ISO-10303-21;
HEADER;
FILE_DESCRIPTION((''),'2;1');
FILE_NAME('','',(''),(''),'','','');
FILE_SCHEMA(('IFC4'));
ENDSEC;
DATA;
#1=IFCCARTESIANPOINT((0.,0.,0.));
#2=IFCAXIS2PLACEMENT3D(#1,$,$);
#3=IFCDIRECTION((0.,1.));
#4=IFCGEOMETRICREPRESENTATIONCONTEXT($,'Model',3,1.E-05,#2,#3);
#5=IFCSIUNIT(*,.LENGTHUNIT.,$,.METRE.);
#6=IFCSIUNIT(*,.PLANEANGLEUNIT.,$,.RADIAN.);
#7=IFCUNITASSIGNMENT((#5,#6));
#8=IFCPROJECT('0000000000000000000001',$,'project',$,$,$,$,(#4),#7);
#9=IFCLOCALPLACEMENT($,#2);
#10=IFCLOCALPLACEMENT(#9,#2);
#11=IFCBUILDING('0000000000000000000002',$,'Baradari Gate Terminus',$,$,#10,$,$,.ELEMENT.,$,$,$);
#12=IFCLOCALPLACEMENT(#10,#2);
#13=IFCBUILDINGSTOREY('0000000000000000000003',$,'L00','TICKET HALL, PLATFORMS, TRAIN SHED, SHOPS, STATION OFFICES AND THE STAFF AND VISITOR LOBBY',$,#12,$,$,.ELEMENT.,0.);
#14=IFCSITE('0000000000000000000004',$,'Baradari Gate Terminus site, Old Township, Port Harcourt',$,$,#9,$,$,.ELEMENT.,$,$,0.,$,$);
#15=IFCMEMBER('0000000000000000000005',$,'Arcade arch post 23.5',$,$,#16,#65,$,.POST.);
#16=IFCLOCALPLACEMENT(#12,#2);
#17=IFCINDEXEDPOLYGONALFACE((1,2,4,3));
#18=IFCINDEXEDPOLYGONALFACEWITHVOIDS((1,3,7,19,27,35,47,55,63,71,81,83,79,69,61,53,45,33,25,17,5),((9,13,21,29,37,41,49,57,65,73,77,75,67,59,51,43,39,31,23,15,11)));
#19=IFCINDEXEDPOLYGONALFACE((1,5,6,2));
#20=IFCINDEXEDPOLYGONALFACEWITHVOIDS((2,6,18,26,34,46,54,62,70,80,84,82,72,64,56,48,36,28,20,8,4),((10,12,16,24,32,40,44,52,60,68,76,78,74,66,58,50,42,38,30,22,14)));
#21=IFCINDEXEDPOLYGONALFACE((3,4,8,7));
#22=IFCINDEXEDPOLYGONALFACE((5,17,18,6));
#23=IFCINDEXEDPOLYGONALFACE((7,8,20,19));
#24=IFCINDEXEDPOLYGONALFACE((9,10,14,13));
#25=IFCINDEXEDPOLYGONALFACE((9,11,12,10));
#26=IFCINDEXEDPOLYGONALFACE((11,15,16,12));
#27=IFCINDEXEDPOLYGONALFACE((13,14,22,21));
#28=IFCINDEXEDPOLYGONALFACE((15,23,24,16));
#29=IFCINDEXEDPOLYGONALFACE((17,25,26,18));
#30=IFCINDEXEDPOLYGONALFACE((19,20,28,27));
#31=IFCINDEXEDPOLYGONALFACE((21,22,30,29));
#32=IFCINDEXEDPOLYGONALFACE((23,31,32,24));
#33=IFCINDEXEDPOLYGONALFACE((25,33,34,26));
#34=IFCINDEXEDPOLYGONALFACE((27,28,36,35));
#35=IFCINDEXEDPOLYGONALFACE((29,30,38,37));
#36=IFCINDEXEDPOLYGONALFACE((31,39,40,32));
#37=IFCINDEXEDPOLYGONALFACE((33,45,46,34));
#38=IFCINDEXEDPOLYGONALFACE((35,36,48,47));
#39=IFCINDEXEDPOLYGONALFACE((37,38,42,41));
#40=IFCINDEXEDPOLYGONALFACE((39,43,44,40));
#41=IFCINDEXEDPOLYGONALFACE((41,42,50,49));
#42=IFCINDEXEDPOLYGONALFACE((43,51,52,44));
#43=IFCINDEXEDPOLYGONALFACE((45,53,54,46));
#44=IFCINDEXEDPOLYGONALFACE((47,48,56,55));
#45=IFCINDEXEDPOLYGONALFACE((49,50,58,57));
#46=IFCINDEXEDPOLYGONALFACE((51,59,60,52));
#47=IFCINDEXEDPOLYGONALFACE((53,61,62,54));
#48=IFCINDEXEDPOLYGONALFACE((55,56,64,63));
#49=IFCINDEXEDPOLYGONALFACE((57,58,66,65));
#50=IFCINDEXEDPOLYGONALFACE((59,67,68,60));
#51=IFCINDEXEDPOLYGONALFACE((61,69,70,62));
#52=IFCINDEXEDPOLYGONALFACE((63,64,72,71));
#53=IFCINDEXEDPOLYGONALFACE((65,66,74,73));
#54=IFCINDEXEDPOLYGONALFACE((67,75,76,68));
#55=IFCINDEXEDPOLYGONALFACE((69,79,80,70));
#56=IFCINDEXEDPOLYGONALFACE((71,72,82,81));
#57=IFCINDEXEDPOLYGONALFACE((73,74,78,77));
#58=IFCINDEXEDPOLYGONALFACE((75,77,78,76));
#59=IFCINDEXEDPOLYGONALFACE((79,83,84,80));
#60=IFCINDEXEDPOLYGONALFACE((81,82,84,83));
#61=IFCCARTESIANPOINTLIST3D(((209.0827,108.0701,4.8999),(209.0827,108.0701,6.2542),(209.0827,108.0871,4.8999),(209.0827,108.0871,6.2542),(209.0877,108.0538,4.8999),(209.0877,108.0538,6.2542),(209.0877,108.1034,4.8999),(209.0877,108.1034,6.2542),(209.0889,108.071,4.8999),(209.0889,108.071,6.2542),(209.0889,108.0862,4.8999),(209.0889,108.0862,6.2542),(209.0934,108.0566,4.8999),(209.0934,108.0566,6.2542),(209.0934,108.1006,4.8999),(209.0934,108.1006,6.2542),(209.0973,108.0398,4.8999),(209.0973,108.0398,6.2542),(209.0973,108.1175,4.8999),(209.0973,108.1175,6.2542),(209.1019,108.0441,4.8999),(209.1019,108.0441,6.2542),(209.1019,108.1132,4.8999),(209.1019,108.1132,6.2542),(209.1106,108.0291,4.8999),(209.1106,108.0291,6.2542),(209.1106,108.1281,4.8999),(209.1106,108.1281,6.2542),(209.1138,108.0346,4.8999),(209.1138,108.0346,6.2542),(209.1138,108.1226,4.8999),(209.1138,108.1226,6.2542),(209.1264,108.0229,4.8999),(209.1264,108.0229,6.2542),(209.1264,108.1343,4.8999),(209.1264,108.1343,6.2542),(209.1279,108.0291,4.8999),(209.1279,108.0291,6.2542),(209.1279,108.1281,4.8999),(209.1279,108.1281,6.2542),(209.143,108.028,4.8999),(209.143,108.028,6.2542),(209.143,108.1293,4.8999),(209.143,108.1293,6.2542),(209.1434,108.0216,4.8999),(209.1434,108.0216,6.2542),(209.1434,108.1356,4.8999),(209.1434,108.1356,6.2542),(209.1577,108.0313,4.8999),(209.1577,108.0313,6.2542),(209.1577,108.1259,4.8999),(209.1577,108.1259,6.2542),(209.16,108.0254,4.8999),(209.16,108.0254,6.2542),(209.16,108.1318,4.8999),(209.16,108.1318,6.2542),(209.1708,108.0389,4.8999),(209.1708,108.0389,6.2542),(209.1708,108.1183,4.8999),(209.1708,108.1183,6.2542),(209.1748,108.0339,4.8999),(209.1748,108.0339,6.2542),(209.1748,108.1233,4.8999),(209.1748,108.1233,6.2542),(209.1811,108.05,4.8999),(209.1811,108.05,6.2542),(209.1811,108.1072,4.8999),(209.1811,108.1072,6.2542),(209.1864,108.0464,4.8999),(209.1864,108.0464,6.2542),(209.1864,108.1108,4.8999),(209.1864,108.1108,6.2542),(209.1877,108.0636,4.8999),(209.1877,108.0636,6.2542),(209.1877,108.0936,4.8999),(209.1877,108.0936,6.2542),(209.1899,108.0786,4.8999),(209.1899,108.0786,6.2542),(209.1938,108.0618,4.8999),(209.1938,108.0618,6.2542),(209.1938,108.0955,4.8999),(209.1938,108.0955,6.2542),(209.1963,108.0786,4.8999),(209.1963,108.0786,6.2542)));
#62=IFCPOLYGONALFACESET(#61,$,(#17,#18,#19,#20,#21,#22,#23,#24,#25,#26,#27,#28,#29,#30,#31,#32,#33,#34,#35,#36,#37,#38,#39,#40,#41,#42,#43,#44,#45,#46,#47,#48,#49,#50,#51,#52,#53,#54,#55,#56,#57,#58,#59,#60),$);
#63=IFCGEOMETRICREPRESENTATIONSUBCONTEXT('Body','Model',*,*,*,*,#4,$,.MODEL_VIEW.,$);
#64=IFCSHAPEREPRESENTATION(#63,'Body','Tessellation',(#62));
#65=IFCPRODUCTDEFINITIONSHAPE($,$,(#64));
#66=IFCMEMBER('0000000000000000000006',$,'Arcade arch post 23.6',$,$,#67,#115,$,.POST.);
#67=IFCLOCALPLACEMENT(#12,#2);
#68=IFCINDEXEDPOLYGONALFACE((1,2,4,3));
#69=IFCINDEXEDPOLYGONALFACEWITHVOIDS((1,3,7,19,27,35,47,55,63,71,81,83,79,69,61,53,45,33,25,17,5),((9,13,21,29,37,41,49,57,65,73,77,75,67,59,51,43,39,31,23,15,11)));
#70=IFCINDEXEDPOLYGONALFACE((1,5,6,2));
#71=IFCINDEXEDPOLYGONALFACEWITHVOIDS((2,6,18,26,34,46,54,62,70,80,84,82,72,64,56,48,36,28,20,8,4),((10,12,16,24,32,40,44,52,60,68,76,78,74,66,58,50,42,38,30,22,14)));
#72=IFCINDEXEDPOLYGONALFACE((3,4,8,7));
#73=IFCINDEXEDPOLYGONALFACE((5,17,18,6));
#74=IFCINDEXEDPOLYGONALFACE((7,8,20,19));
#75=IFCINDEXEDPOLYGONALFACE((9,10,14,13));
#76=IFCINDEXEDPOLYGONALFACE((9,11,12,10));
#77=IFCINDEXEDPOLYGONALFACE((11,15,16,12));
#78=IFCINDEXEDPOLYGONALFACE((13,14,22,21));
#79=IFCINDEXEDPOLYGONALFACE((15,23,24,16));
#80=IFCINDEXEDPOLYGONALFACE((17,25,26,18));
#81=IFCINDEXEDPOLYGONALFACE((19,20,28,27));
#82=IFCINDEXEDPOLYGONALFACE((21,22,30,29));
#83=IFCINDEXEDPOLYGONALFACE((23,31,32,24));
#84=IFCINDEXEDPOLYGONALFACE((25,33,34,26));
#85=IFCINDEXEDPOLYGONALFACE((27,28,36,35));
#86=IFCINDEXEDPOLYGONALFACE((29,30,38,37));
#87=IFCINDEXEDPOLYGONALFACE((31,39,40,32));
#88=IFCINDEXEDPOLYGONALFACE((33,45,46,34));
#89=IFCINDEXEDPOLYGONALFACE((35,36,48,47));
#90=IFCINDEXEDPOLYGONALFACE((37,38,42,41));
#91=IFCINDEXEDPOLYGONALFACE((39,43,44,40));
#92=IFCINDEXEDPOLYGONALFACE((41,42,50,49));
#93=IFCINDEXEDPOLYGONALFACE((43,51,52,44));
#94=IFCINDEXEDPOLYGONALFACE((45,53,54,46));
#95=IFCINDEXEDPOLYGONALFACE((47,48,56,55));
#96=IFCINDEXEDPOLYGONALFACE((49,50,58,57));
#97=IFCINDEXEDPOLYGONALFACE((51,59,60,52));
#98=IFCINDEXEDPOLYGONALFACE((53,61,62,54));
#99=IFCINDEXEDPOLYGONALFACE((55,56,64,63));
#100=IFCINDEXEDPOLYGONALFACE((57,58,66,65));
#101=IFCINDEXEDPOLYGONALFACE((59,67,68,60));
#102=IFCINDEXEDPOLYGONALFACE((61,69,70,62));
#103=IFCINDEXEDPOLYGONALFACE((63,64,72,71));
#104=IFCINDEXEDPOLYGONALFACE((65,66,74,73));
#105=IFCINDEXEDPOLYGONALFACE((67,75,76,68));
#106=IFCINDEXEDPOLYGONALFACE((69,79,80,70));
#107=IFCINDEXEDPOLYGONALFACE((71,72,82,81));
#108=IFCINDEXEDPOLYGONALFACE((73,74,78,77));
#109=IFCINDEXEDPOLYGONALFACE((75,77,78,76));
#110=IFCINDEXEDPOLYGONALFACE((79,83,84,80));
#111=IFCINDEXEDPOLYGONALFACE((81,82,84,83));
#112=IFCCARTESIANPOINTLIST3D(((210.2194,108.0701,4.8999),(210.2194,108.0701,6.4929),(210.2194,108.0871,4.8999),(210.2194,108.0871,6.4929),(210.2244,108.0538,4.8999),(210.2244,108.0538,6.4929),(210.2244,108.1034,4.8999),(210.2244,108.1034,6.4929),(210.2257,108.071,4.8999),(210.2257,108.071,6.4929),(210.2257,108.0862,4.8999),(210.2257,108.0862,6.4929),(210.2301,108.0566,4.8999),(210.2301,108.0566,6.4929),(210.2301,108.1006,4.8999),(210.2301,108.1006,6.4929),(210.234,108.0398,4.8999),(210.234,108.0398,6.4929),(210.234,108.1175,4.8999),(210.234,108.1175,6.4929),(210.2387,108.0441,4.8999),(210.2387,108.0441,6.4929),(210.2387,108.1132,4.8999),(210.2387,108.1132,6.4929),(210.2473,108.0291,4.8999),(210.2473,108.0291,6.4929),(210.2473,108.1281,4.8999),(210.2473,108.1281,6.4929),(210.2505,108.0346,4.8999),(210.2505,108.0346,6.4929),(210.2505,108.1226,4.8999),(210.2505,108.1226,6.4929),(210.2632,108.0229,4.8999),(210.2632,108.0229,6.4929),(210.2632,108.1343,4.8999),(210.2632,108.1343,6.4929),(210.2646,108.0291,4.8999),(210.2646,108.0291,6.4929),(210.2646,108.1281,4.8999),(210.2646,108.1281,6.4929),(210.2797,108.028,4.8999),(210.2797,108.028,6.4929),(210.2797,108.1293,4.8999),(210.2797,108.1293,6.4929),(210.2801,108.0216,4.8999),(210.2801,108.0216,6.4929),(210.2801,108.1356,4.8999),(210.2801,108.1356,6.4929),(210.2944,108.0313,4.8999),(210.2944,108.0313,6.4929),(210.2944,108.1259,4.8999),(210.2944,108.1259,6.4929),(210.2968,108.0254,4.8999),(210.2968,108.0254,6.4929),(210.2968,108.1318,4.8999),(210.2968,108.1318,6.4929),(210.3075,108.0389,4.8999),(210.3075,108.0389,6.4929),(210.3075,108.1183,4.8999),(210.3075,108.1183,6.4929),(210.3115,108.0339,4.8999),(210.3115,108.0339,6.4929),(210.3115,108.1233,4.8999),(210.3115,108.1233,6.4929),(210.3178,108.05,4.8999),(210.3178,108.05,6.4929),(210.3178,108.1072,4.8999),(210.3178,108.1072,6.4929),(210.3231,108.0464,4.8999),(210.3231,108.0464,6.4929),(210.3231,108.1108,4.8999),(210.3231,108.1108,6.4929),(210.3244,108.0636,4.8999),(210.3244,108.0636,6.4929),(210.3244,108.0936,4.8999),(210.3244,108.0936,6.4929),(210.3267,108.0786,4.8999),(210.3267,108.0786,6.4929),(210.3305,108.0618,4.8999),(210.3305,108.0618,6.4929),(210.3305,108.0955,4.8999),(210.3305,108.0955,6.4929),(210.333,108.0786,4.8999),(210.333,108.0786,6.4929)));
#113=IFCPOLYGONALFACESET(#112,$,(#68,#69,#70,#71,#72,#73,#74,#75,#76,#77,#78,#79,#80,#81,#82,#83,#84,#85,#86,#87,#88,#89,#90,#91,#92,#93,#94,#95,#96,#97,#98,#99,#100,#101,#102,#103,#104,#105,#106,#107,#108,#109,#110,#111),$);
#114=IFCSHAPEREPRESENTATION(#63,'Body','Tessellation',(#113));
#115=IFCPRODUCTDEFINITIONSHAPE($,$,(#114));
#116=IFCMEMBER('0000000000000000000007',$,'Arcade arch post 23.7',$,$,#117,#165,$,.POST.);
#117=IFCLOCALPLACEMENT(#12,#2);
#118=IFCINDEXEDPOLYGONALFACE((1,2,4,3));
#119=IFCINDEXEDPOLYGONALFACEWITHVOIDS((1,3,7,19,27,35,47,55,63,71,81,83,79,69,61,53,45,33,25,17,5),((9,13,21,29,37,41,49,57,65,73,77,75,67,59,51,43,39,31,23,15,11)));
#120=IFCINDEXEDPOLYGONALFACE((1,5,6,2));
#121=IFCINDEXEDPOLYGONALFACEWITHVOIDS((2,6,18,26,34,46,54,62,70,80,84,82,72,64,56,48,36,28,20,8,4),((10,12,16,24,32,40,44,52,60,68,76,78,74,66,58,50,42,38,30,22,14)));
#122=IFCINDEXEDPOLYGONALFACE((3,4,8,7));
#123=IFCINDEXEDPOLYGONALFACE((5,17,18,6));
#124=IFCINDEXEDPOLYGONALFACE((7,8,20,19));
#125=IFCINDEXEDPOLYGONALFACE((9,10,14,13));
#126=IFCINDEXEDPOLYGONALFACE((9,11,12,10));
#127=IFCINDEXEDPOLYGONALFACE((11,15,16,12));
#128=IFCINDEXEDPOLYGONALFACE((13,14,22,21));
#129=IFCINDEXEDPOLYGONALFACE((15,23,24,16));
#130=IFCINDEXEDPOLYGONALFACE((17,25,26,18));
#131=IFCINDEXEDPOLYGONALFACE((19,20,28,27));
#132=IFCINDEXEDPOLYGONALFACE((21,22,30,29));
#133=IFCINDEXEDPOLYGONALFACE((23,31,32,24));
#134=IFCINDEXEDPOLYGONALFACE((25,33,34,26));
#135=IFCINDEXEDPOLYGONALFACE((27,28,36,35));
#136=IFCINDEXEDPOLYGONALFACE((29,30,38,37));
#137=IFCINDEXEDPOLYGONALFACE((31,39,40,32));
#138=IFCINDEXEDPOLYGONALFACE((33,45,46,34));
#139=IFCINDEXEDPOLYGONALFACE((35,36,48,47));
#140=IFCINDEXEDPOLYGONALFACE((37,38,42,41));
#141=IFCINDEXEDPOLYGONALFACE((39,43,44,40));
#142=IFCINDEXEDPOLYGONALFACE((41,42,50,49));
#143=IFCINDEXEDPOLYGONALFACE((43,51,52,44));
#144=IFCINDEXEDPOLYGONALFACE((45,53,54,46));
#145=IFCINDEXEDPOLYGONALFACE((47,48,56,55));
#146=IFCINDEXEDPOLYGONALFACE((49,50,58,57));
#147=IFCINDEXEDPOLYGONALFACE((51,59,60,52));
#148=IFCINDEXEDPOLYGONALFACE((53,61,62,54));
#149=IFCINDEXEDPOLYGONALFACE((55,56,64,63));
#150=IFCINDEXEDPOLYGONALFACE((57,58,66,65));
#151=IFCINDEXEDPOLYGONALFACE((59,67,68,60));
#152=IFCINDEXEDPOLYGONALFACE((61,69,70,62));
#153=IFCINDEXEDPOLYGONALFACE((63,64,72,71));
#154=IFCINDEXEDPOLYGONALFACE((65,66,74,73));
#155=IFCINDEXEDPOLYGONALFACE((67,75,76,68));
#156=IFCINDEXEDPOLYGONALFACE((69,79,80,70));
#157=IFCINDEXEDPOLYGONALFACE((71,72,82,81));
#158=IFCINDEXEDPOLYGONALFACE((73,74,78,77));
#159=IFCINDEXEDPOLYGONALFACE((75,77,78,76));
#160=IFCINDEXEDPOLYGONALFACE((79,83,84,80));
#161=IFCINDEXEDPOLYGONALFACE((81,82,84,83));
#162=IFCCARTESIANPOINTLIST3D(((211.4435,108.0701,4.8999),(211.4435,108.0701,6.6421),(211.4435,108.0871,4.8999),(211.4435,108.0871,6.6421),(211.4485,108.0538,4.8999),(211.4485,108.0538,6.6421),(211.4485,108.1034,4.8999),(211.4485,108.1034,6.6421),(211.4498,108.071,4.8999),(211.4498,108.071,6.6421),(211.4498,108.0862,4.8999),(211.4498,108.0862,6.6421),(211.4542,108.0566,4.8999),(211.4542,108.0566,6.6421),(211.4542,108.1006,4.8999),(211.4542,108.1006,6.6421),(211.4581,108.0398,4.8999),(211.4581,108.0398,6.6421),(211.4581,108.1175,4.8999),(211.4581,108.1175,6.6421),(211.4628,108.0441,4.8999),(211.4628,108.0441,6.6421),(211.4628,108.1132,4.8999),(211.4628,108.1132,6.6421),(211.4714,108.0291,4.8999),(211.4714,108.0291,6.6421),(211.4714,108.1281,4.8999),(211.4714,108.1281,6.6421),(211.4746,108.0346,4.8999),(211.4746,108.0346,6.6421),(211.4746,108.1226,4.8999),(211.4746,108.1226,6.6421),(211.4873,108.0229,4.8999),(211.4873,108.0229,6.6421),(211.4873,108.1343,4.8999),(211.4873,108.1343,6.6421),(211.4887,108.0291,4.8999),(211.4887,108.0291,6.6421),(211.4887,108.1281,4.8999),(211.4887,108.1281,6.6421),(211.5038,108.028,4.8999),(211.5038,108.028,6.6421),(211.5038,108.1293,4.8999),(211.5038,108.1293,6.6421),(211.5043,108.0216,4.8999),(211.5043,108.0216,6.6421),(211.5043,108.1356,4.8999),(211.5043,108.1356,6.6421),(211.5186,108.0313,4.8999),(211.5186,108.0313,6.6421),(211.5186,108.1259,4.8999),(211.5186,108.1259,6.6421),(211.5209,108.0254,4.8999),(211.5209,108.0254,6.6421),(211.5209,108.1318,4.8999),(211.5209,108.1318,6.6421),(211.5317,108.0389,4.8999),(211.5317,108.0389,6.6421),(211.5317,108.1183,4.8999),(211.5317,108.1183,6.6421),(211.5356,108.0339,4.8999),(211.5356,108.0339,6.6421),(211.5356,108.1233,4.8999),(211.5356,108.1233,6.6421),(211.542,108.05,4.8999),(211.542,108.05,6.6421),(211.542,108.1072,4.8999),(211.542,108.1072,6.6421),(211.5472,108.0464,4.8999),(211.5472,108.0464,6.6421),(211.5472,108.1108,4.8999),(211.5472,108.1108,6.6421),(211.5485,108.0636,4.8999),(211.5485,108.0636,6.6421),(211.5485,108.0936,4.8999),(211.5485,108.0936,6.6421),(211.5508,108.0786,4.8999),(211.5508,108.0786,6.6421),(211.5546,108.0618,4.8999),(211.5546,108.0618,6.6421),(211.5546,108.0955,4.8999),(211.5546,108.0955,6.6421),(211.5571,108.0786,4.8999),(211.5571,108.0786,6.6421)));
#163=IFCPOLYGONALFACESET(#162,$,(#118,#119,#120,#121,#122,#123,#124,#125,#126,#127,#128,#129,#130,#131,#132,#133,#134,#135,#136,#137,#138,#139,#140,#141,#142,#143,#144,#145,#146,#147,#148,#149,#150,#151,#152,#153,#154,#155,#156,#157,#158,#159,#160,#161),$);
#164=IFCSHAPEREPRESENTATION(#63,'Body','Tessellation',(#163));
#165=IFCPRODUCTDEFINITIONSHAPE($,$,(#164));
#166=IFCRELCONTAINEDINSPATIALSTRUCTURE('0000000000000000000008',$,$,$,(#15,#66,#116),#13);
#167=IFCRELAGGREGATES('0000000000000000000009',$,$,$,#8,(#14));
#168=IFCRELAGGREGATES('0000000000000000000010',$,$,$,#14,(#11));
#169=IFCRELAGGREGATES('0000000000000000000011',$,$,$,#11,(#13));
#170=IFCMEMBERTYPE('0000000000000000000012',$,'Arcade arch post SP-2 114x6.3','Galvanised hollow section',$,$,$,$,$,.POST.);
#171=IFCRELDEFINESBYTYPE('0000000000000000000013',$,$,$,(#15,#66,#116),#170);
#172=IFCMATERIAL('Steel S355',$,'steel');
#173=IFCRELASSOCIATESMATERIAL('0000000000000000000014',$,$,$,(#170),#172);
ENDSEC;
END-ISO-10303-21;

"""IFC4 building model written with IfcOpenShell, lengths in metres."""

from ifc_helpers import new_model, si_unit, direction, frame, origin, origin_2d, place, context, subcontext, project, spatial, hollow_circle, extrude, material, material_profile, profile_set, type_object, element, save


model = new_model("IFC4")

# Units and contexts
model_context = context("Model", 3, precision=1e-05, world=origin(), true_north=direction((0.0, 1.0)))
body_context = subcontext(model_context, "Body", "Model", "MODEL_VIEW")
ifc_project = project(units=[si_unit("LENGTHUNIT", "METRE"), si_unit("PLANEANGLEUNIT", "RADIAN")], contexts=[model_context])

# Site, building, storey
site_placement = place(None, origin())
site = spatial("IfcSite", under=ifc_project, at=site_placement, Name="Baradari Gate Terminus site, Old Township, Port Harcourt", CompositionType="ELEMENT", RefElevation=0.0)
building_placement = place(site_placement, origin())
building = spatial("IfcBuilding", under=site, at=building_placement, Name="Baradari Gate Terminus", CompositionType="ELEMENT")
storey_placement = place(building_placement, origin())
storey = spatial("IfcBuildingStorey", under=building, at=storey_placement, Name="L00", Description="TICKET HALL, PLATFORMS, TRAIN SHED, SHOPS, STATION OFFICES AND THE STAFF AND VISITOR LOBBY", CompositionType="ELEMENT", Elevation=0.0)

# Members
ifc_material_1 = material(Name="Steel S355", Category="steel")
ifc_material_profile_1 = material_profile(ifc_material_1, hollow_circle(Radius=0.0571, WallThickness=0.0063, at=origin_2d()), Name="CHS 114.3x6.3")
ifc_profile_set_1 = profile_set([ifc_material_profile_1], Name="Steel S355")
member_type = type_object("IfcMemberType", Name="Arcade arch post SP-2 114x6.3", Description="Galvanised hollow section", PredefinedType="POST", material=ifc_profile_set_1)
member_1_placement = place(storey_placement, frame((209.1392, 108.0786, 4.8999), z_axis=(0.0, 0.0, 1.0), x_axis=(1.0, 0.0, 0.0)))
element("IfcMember", 1, at=member_1_placement, inside=storey, type_object=member_type, Name="Arcade arch post 23.5", PredefinedType="POST", context=body_context, shape_type="SweptSolid", body=[
    extrude(hollow_circle(Radius=0.0571, WallThickness=0.0063, at=origin_2d()), origin(), (0.0, 0.0, 1.0), 1.3542),
])
member_2_placement = place(storey_placement, frame((210.2759, 108.0786, 4.8999), z_axis=(0.0, 0.0, 1.0), x_axis=(1.0, 0.0, 0.0)))
element("IfcMember", 2, at=member_2_placement, inside=storey, type_object=member_type, Name="Arcade arch post 23.6", PredefinedType="POST", context=body_context, shape_type="SweptSolid", body=[
    extrude(hollow_circle(Radius=0.0571, WallThickness=0.0063, at=origin_2d()), origin(), (0.0, 0.0, 1.0), 1.593),
])
member_3_placement = place(storey_placement, frame((211.5, 108.0786, 4.8999), z_axis=(0.0, 0.0, 1.0), x_axis=(1.0, 0.0, 0.0)))
element("IfcMember", 3, at=member_3_placement, inside=storey, type_object=member_type, Name="Arcade arch post 23.7", PredefinedType="POST", context=body_context, shape_type="SweptSolid", body=[
    extrude(hollow_circle(Radius=0.0571, WallThickness=0.0063, at=origin_2d()), origin(), (0.0, 0.0, 1.0), 1.7422),
])

save(model, "model.ifc")
